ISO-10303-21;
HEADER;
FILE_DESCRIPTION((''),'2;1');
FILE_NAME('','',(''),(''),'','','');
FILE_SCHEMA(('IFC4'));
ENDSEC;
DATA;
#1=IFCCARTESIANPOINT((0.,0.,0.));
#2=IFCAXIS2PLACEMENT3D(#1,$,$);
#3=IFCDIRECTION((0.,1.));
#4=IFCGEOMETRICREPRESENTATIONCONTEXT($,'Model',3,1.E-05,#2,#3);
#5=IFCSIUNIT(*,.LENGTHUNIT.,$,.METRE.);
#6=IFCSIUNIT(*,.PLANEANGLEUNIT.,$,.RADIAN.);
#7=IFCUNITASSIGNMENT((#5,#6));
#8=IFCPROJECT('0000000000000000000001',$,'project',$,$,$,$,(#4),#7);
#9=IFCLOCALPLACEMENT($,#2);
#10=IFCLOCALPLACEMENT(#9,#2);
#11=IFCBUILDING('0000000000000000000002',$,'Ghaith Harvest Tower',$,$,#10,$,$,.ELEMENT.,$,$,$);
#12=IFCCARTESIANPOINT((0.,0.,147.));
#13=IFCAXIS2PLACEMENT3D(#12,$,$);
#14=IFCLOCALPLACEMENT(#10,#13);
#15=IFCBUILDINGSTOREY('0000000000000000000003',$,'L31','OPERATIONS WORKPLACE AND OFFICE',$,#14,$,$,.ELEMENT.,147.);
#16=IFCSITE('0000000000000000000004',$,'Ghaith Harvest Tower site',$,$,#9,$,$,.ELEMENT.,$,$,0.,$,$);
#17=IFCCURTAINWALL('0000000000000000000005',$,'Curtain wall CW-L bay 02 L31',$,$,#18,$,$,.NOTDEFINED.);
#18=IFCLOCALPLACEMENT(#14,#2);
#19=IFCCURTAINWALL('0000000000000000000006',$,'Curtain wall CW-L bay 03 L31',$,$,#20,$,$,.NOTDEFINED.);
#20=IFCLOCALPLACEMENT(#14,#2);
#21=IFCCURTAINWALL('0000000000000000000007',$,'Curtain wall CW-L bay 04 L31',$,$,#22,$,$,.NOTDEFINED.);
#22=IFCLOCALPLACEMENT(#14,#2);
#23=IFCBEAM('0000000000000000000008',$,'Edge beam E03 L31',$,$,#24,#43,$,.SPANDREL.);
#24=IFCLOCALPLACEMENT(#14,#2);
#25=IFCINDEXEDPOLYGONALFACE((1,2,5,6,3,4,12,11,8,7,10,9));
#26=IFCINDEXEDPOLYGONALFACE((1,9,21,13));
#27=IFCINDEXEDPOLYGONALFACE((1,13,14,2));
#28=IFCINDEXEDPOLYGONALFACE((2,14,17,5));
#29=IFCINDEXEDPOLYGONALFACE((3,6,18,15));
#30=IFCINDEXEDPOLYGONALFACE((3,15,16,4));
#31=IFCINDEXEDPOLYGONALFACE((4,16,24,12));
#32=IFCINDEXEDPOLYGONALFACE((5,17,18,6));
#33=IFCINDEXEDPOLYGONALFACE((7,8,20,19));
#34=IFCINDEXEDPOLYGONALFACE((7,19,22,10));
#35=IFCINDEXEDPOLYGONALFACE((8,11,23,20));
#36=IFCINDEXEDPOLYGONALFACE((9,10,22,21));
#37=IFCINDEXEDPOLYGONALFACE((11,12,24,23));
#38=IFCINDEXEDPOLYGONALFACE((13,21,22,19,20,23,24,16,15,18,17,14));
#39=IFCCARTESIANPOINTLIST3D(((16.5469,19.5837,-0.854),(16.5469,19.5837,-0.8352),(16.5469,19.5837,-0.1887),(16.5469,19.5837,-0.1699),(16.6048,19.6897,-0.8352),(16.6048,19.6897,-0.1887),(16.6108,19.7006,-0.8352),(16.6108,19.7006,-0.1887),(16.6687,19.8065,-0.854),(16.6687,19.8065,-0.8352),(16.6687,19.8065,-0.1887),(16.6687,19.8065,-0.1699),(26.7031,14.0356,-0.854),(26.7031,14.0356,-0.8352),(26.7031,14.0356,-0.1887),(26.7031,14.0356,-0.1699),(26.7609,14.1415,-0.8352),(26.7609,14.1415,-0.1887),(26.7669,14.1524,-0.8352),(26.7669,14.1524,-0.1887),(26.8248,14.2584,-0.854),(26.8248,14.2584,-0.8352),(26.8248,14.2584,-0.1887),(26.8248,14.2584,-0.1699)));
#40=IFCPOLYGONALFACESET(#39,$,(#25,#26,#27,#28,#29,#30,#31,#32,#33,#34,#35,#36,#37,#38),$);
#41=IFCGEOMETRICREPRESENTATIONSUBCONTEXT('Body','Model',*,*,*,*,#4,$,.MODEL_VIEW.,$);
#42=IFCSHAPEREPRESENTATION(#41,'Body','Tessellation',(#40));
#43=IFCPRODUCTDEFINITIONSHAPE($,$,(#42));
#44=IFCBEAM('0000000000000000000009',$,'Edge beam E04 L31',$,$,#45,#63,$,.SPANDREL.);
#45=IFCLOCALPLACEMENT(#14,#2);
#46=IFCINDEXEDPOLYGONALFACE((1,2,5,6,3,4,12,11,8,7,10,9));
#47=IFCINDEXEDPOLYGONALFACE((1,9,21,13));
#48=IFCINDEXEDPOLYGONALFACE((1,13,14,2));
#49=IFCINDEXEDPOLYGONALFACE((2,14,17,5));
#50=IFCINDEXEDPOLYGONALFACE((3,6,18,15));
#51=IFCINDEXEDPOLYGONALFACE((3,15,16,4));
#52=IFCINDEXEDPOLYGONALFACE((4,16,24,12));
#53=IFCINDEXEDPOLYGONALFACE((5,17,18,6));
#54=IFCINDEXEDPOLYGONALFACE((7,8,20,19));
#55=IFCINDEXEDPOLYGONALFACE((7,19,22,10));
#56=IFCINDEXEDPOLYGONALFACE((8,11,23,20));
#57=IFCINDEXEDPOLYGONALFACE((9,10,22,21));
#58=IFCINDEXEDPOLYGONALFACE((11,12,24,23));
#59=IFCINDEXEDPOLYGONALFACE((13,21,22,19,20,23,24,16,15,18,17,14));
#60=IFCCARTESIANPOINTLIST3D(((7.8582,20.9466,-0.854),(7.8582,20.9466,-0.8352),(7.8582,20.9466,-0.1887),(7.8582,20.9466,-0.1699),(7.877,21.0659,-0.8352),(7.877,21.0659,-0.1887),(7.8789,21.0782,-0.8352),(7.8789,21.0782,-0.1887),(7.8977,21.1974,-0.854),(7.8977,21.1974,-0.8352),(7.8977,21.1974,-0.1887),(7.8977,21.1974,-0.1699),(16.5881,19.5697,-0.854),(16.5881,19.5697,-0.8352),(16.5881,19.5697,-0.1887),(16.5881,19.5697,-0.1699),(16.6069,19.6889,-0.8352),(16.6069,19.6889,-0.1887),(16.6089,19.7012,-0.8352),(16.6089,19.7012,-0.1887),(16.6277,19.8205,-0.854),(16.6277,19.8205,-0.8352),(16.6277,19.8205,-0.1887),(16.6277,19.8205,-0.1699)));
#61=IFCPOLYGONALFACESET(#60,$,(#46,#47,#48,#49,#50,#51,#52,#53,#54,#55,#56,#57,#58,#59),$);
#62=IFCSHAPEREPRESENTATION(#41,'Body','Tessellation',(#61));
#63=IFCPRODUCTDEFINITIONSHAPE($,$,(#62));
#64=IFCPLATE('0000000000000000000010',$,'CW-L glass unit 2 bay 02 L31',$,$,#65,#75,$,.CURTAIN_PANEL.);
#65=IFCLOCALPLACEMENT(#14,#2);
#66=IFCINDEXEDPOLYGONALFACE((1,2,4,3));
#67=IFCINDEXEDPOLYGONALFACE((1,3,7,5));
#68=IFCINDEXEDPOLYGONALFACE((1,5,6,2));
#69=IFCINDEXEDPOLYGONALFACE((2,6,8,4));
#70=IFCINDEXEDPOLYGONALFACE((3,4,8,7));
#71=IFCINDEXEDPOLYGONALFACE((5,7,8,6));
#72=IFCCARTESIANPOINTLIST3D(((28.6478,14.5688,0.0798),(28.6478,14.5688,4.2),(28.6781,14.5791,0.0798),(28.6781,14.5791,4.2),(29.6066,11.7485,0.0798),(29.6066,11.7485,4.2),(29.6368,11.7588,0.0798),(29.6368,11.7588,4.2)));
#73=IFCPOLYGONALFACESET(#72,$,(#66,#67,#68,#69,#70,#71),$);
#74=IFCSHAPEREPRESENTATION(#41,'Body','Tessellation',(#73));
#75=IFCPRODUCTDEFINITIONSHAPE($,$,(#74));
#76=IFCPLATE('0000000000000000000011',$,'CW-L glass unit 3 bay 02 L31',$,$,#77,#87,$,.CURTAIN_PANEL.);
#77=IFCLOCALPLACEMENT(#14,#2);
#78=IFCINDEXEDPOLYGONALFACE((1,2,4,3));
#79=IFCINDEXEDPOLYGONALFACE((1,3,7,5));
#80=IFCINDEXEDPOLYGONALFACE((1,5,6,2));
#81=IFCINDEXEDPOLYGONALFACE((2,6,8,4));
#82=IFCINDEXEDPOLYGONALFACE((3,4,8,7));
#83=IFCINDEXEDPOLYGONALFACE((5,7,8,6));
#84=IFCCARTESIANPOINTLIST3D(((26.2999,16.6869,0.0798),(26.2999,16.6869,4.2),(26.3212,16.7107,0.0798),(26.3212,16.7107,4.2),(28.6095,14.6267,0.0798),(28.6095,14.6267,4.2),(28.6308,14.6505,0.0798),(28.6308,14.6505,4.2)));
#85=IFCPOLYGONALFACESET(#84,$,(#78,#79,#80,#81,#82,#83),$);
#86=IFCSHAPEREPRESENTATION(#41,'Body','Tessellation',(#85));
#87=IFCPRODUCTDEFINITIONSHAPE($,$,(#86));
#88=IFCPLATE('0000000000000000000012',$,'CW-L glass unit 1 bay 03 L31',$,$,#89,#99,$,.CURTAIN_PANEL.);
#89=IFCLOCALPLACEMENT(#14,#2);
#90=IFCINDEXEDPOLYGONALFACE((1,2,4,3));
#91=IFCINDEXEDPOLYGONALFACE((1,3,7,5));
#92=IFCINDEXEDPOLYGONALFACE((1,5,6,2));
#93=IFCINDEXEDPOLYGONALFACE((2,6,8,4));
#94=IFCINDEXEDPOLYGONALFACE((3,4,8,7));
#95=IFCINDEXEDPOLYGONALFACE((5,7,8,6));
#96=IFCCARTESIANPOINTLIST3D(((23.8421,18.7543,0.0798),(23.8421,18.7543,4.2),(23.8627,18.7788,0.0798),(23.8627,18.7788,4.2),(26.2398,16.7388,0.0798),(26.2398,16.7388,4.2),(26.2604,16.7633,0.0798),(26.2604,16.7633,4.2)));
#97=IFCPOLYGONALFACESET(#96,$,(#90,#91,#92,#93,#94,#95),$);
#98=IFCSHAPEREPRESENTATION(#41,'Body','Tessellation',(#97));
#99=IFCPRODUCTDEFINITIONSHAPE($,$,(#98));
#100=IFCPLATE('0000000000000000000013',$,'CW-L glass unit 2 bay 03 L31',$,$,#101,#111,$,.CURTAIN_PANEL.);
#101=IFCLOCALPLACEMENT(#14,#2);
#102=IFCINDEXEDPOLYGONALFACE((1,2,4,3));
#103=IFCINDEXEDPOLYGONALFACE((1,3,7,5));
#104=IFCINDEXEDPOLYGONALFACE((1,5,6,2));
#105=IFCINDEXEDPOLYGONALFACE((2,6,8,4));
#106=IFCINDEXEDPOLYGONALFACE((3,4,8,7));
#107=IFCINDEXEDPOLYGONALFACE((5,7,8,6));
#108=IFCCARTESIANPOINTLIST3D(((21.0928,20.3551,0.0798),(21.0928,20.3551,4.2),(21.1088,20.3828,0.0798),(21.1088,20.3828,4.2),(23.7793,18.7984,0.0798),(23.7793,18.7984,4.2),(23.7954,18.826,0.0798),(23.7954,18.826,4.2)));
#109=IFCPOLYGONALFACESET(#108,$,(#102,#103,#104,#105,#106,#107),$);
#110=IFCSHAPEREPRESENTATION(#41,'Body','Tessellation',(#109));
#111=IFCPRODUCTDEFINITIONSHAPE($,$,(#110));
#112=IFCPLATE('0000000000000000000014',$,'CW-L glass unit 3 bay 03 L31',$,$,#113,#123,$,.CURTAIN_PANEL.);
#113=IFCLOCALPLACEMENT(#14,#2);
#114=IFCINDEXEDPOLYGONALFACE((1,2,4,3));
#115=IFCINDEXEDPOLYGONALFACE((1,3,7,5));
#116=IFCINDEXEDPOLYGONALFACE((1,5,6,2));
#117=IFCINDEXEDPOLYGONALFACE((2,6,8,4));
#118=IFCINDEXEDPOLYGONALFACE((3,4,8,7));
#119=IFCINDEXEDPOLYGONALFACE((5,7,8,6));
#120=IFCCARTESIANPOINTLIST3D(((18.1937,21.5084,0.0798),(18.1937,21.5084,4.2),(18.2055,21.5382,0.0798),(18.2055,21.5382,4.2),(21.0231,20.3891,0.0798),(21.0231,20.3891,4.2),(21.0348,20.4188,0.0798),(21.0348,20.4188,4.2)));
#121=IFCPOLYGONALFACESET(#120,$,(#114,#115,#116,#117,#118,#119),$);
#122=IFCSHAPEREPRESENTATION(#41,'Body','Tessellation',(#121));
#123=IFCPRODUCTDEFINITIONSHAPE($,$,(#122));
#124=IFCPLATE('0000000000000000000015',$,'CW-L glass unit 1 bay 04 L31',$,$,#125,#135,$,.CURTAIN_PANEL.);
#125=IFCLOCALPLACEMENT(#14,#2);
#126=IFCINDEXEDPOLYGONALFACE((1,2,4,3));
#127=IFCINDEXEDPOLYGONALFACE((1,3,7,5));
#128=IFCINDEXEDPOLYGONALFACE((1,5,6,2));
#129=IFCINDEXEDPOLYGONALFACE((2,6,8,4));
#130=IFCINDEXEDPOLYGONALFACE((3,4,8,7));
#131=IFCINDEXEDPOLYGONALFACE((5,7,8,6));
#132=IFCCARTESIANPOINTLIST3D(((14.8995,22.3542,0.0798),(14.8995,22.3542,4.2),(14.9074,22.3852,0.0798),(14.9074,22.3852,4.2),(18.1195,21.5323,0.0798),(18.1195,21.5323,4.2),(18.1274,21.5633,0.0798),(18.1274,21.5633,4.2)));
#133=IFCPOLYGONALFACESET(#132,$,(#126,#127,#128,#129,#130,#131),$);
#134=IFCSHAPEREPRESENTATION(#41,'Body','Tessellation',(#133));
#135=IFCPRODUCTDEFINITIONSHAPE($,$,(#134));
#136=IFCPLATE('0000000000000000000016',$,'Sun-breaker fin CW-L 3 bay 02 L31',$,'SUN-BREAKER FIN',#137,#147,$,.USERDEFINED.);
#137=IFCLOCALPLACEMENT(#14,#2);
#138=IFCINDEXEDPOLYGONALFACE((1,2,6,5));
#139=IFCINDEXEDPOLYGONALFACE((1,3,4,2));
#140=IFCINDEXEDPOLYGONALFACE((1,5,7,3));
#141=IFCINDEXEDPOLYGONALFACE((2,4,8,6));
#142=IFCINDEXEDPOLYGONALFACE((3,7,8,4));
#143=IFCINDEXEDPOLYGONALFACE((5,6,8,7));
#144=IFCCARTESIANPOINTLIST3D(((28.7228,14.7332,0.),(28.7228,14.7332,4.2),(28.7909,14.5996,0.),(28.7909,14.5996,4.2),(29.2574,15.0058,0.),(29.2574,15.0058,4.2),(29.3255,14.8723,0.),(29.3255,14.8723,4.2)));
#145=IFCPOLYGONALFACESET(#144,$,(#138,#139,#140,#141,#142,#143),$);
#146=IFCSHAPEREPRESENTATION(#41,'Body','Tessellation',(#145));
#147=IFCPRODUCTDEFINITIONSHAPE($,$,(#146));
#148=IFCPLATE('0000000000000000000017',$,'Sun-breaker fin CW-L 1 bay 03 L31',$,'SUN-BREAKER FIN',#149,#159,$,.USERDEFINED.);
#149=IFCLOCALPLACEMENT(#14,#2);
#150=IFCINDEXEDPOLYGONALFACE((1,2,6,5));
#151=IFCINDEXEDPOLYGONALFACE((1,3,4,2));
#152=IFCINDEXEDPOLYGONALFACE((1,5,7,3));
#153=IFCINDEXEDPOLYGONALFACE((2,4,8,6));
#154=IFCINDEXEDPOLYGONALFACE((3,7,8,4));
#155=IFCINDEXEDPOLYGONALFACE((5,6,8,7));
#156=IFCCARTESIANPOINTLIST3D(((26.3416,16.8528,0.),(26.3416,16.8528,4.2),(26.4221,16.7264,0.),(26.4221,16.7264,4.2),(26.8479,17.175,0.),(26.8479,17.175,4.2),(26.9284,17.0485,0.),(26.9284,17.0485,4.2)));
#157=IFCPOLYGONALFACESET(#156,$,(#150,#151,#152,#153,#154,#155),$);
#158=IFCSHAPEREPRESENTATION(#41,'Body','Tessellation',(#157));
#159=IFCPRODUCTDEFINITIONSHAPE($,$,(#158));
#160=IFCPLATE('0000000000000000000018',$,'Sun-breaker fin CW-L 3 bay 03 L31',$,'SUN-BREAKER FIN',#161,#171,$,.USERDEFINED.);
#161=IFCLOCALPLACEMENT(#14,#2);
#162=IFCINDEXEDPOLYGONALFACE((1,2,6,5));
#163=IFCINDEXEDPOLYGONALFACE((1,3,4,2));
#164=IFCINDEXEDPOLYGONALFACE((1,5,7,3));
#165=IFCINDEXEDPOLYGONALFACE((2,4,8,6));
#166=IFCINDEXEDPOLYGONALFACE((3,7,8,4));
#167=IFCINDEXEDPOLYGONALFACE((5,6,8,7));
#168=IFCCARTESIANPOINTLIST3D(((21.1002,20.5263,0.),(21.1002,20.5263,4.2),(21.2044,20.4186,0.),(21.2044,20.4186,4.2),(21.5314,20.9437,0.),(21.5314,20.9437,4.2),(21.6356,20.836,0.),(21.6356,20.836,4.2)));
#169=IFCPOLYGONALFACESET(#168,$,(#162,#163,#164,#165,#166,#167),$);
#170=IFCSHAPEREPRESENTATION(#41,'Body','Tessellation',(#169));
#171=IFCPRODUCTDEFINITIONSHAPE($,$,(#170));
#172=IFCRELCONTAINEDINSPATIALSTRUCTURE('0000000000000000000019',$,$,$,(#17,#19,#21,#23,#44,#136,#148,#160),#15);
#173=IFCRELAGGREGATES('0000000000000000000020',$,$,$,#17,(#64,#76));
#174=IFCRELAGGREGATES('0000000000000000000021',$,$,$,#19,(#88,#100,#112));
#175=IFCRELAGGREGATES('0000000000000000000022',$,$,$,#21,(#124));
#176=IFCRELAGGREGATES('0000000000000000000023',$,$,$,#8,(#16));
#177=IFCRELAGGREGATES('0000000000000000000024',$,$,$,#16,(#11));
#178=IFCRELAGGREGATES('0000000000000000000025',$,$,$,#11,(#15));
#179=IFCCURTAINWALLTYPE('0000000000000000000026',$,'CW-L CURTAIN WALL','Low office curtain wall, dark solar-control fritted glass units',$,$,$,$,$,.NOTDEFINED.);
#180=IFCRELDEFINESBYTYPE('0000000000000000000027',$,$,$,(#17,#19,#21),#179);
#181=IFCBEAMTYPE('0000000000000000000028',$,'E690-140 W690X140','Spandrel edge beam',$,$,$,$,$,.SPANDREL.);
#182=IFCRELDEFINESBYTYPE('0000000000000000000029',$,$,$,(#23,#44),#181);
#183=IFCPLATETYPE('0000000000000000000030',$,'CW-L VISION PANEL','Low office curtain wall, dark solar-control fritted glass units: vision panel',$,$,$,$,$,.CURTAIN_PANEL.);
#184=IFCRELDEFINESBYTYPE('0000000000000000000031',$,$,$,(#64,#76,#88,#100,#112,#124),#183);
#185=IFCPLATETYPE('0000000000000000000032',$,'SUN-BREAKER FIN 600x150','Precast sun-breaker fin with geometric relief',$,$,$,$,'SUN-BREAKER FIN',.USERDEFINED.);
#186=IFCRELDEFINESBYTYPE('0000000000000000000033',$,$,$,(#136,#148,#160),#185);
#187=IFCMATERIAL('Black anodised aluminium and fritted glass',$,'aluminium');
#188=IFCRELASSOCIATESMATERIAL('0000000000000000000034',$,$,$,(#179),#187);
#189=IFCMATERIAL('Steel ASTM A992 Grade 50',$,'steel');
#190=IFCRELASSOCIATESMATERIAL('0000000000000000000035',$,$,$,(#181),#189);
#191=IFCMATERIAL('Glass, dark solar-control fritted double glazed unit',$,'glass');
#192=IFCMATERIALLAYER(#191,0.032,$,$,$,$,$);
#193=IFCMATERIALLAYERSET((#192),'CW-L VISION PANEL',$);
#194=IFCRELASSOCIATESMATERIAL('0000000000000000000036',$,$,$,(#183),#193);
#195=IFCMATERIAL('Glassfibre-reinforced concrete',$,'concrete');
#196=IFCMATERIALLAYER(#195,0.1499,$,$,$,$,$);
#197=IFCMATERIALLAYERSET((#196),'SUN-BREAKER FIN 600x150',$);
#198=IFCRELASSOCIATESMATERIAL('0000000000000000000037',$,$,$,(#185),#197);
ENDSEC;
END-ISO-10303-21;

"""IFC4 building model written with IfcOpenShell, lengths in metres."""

from ifc_helpers import new_model, si_unit, direction, frame, origin, origin_2d, place, context, subcontext, project, spatial, rectangle, i_section, extrude, material, layer, layer_set, material_profile, profile_set, type_object, element, aggregate, save


model = new_model("IFC4")

# Units and contexts
model_context = context("Model", 3, precision=1e-05, world=origin(), true_north=direction((0.0, 1.0)))
body_context = subcontext(model_context, "Body", "Model", "MODEL_VIEW")
ifc_project = project(units=[si_unit("LENGTHUNIT", "METRE"), si_unit("PLANEANGLEUNIT", "RADIAN")], contexts=[model_context])

# Site, building, storey
site_placement = place(None, origin())
site = spatial("IfcSite", under=ifc_project, at=site_placement, Name="Ghaith Harvest Tower site", CompositionType="ELEMENT", RefElevation=0.0)
building_placement = place(site_placement, origin())
building = spatial("IfcBuilding", under=site, at=building_placement, Name="Ghaith Harvest Tower", CompositionType="ELEMENT")
storey_placement = place(building_placement, frame((0.0, 0.0, 147.0)))
storey = spatial("IfcBuildingStorey", under=building, at=storey_placement, Name="L31", Description="OPERATIONS WORKPLACE AND OFFICE", CompositionType="ELEMENT", Elevation=147.0)

# Curtain wall
ifc_material_1 = material(Name="Black anodised aluminium and fritted glass", Category="aluminium")
curtain_wall_type = type_object("IfcCurtainWallType", Name="CW-L CURTAIN WALL", Description="Low office curtain wall, dark solar-control fritted glass units", PredefinedType="NOTDEFINED", material=ifc_material_1)
curtain_wall_1_placement = place(storey_placement, origin())
curtain_wall_1 = element("IfcCurtainWall", 1, at=curtain_wall_1_placement, inside=storey, type_object=curtain_wall_type, Name="Curtain wall CW-L bay 02 L31", PredefinedType="NOTDEFINED")

# Curtain walls
curtain_wall_2_placement = place(storey_placement, origin())
curtain_wall_2 = element("IfcCurtainWall", 2, at=curtain_wall_2_placement, inside=storey, type_object=curtain_wall_type, Name="Curtain wall CW-L bay 03 L31", PredefinedType="NOTDEFINED")
curtain_wall_3_placement = place(storey_placement, origin())
curtain_wall_3 = element("IfcCurtainWall", 3, at=curtain_wall_3_placement, inside=storey, type_object=curtain_wall_type, Name="Curtain wall CW-L bay 04 L31", PredefinedType="NOTDEFINED")

# Beams
ifc_material_2 = material(Name="Steel ASTM A992 Grade 50", Category="steel")
ifc_material_profile_1 = material_profile(ifc_material_2, i_section(OverallWidth=0.2539, OverallDepth=0.6841, WebThickness=0.0125, FlangeThickness=0.0188, at=origin_2d()), Name="W690X140")
ifc_profile_set_1 = profile_set([ifc_material_profile_1], Name="Steel ASTM A992 Grade 50")
beam_type = type_object("IfcBeamType", Name="E690-140 W690X140", Description="Spandrel edge beam", PredefinedType="SPANDREL", material=ifc_profile_set_1)
beam_1_placement = place(storey_placement, frame((26.7639, 14.147, -0.512), z_axis=(-0.877588, 0.479415, 0.0), x_axis=(-0.479415, -0.877588, 0.0)))
element("IfcBeam", 4, at=beam_1_placement, inside=storey, type_object=beam_type, Name="Edge beam E03 L31", PredefinedType="SPANDREL", context=body_context, shape_type="SweptSolid", body=[
    extrude(i_section(OverallWidth=0.2539, OverallDepth=0.6841, WebThickness=0.0125, FlangeThickness=0.0188, at=origin_2d()), origin(), (0.0, 0.0, 1.0), 11.5728),
])
beam_2_placement = place(storey_placement, frame((16.6079, 19.6951, -0.512), z_axis=(-0.987788, 0.155801, 0.0), x_axis=(-0.155801, -0.987788, 0.0)))
element("IfcBeam", 5, at=beam_2_placement, inside=storey, type_object=beam_type, Name="Edge beam E04 L31", PredefinedType="SPANDREL", context=body_context, shape_type="SweptSolid", body=[
    extrude(i_section(OverallWidth=0.2539, OverallDepth=0.6841, WebThickness=0.0125, FlangeThickness=0.0188, at=origin_2d()), origin(), (0.0, 0.0, 1.0), 8.8379),
])

# Plates
ifc_material_3 = material(Name="Glass, dark solar-control fritted double glazed unit", Category="glass")
ifc_layer_1 = layer(ifc_material_3, 0.032)
ifc_layer_set_1 = layer_set([ifc_layer_1], Name="CW-L VISION PANEL")
plate_type_1 = type_object("IfcPlateType", Name="CW-L VISION PANEL", Description="Low office curtain wall, dark solar-control fritted glass units: vision panel", PredefinedType="CURTAIN_PANEL", material=ifc_layer_set_1)
plate_1_placement = place(storey_placement, frame((29.1423, 13.1638, 0.0798), z_axis=(0.0, 0.0, 1.0), x_axis=(-0.321853, 0.94679, 0.0)))
plate_1 = element("IfcPlate", 6, at=plate_1_placement, type_object=plate_type_1, Name="CW-L glass unit 2 bay 02 L31", PredefinedType="CURTAIN_PANEL", context=body_context, shape_type="SweptSolid", body=[
    extrude(rectangle(XDim=2.9788, YDim=0.032, at=origin_2d()), origin(), (0.0, 0.0, 1.0), 4.1201),
])
plate_2_placement = place(storey_placement, frame((27.4653, 15.6687, 0.0798), z_axis=(0.0, 0.0, 1.0), x_axis=(-0.746251, 0.665665, 0.0)))
plate_2 = element("IfcPlate", 7, at=plate_2_placement, type_object=plate_type_1, Name="CW-L glass unit 3 bay 02 L31", PredefinedType="CURTAIN_PANEL", context=body_context, shape_type="SweptSolid", body=[
    extrude(rectangle(XDim=3.095, YDim=0.032, at=origin_2d()), origin(), (0.0, 0.0, 1.0), 4.1201),
])
aggregate(curtain_wall_1, [plate_1, plate_2])
plate_3_placement = place(storey_placement, frame((25.0513, 17.7588, 0.0798), z_axis=(0.0, 0.0, 1.0), x_axis=(-0.765473, 0.643468, 0.0)))
plate_3 = element("IfcPlate", 8, at=plate_3_placement, type_object=plate_type_1, Name="CW-L glass unit 1 bay 03 L31", PredefinedType="CURTAIN_PANEL", context=body_context, shape_type="SweptSolid", body=[
    extrude(rectangle(XDim=3.1323, YDim=0.032, at=origin_2d()), origin(), (0.0, 0.0, 1.0), 4.1201),
])
plate_4_placement = place(storey_placement, frame((22.4441, 19.5906, 0.0798), z_axis=(0.0, 0.0, 1.0), x_axis=(-0.865232, 0.501372, 0.0)))
plate_4 = element("IfcPlate", 9, at=plate_4_placement, type_object=plate_type_1, Name="CW-L glass unit 2 bay 03 L31", PredefinedType="CURTAIN_PANEL", context=body_context, shape_type="SweptSolid", body=[
    extrude(rectangle(XDim=3.105, YDim=0.032, at=origin_2d()), origin(), (0.0, 0.0, 1.0), 4.1201),
])
plate_5_placement = place(storey_placement, frame((19.6143, 20.9636, 0.0798), z_axis=(0.0, 0.0, 1.0), x_axis=(-0.929877, 0.367872, 0.0)))
plate_5 = element("IfcPlate", 10, at=plate_5_placement, type_object=plate_type_1, Name="CW-L glass unit 3 bay 03 L31", PredefinedType="CURTAIN_PANEL", context=body_context, shape_type="SweptSolid", body=[
    extrude(rectangle(XDim=3.0427, YDim=0.032, at=origin_2d()), origin(), (0.0, 0.0, 1.0), 4.1201),
])
aggregate(curtain_wall_2, [plate_3, plate_4, plate_5])
plate_6_placement = place(storey_placement, frame((16.5134, 21.9587, 0.0798), z_axis=(0.0, 0.0, 1.0), x_axis=(-0.968931, 0.247331, 0.0)))
plate_6 = element("IfcPlate", 11, at=plate_6_placement, type_object=plate_type_1, Name="CW-L glass unit 1 bay 04 L31", PredefinedType="CURTAIN_PANEL", context=body_context, shape_type="SweptSolid", body=[
    extrude(rectangle(XDim=3.3232, YDim=0.032, at=origin_2d()), origin(), (0.0, 0.0, 1.0), 4.1201),
])
aggregate(curtain_wall_3, [plate_6])

# Plates
ifc_material_4 = material(Name="Glassfibre-reinforced concrete", Category="concrete")
ifc_layer_2 = layer(ifc_material_4, 0.1499)
ifc_layer_set_2 = layer_set([ifc_layer_2], Name="SUN-BREAKER FIN 600x150")
plate_type_2 = type_object("IfcPlateType", Name="SUN-BREAKER FIN 600x150", Description="Precast sun-breaker fin with geometric relief", ElementType="SUN-BREAKER FIN", PredefinedType="USERDEFINED", material=ifc_layer_set_2)
for number, where, z_axis, x_axis, name in (
    (12, (29.0242, 14.8027, 0.0), (0.0, 0.0, 1.0), (0.890831, 0.454335, 0.0), "Sun-breaker fin CW-L 3 bay 02 L31"),
    (13, (26.635, 16.9507, 0.0), (0.0, 0.0, 1.0), (0.843644, 0.536903, 0.0), "Sun-breaker fin CW-L 1 bay 03 L31"),
    (14, (21.3679, 20.6812, 0.0), (0.0, 0.0, 1.0), (0.718559, 0.695466, 0.0), "Sun-breaker fin CW-L 3 bay 03 L31"),
):
    element("IfcPlate", number, at=place(storey_placement, frame(where, z_axis=z_axis, x_axis=x_axis)), inside=storey, type_object=plate_type_2, Name=name, ObjectType="SUN-BREAKER FIN", PredefinedType="USERDEFINED", context=body_context, shape_type="SweptSolid", body=[
        extrude(rectangle(XDim=0.6001, YDim=0.1499, at=origin_2d()), origin(), (0.0, 0.0, 1.0), 4.2),
    ])

save(model, "model.ifc")
